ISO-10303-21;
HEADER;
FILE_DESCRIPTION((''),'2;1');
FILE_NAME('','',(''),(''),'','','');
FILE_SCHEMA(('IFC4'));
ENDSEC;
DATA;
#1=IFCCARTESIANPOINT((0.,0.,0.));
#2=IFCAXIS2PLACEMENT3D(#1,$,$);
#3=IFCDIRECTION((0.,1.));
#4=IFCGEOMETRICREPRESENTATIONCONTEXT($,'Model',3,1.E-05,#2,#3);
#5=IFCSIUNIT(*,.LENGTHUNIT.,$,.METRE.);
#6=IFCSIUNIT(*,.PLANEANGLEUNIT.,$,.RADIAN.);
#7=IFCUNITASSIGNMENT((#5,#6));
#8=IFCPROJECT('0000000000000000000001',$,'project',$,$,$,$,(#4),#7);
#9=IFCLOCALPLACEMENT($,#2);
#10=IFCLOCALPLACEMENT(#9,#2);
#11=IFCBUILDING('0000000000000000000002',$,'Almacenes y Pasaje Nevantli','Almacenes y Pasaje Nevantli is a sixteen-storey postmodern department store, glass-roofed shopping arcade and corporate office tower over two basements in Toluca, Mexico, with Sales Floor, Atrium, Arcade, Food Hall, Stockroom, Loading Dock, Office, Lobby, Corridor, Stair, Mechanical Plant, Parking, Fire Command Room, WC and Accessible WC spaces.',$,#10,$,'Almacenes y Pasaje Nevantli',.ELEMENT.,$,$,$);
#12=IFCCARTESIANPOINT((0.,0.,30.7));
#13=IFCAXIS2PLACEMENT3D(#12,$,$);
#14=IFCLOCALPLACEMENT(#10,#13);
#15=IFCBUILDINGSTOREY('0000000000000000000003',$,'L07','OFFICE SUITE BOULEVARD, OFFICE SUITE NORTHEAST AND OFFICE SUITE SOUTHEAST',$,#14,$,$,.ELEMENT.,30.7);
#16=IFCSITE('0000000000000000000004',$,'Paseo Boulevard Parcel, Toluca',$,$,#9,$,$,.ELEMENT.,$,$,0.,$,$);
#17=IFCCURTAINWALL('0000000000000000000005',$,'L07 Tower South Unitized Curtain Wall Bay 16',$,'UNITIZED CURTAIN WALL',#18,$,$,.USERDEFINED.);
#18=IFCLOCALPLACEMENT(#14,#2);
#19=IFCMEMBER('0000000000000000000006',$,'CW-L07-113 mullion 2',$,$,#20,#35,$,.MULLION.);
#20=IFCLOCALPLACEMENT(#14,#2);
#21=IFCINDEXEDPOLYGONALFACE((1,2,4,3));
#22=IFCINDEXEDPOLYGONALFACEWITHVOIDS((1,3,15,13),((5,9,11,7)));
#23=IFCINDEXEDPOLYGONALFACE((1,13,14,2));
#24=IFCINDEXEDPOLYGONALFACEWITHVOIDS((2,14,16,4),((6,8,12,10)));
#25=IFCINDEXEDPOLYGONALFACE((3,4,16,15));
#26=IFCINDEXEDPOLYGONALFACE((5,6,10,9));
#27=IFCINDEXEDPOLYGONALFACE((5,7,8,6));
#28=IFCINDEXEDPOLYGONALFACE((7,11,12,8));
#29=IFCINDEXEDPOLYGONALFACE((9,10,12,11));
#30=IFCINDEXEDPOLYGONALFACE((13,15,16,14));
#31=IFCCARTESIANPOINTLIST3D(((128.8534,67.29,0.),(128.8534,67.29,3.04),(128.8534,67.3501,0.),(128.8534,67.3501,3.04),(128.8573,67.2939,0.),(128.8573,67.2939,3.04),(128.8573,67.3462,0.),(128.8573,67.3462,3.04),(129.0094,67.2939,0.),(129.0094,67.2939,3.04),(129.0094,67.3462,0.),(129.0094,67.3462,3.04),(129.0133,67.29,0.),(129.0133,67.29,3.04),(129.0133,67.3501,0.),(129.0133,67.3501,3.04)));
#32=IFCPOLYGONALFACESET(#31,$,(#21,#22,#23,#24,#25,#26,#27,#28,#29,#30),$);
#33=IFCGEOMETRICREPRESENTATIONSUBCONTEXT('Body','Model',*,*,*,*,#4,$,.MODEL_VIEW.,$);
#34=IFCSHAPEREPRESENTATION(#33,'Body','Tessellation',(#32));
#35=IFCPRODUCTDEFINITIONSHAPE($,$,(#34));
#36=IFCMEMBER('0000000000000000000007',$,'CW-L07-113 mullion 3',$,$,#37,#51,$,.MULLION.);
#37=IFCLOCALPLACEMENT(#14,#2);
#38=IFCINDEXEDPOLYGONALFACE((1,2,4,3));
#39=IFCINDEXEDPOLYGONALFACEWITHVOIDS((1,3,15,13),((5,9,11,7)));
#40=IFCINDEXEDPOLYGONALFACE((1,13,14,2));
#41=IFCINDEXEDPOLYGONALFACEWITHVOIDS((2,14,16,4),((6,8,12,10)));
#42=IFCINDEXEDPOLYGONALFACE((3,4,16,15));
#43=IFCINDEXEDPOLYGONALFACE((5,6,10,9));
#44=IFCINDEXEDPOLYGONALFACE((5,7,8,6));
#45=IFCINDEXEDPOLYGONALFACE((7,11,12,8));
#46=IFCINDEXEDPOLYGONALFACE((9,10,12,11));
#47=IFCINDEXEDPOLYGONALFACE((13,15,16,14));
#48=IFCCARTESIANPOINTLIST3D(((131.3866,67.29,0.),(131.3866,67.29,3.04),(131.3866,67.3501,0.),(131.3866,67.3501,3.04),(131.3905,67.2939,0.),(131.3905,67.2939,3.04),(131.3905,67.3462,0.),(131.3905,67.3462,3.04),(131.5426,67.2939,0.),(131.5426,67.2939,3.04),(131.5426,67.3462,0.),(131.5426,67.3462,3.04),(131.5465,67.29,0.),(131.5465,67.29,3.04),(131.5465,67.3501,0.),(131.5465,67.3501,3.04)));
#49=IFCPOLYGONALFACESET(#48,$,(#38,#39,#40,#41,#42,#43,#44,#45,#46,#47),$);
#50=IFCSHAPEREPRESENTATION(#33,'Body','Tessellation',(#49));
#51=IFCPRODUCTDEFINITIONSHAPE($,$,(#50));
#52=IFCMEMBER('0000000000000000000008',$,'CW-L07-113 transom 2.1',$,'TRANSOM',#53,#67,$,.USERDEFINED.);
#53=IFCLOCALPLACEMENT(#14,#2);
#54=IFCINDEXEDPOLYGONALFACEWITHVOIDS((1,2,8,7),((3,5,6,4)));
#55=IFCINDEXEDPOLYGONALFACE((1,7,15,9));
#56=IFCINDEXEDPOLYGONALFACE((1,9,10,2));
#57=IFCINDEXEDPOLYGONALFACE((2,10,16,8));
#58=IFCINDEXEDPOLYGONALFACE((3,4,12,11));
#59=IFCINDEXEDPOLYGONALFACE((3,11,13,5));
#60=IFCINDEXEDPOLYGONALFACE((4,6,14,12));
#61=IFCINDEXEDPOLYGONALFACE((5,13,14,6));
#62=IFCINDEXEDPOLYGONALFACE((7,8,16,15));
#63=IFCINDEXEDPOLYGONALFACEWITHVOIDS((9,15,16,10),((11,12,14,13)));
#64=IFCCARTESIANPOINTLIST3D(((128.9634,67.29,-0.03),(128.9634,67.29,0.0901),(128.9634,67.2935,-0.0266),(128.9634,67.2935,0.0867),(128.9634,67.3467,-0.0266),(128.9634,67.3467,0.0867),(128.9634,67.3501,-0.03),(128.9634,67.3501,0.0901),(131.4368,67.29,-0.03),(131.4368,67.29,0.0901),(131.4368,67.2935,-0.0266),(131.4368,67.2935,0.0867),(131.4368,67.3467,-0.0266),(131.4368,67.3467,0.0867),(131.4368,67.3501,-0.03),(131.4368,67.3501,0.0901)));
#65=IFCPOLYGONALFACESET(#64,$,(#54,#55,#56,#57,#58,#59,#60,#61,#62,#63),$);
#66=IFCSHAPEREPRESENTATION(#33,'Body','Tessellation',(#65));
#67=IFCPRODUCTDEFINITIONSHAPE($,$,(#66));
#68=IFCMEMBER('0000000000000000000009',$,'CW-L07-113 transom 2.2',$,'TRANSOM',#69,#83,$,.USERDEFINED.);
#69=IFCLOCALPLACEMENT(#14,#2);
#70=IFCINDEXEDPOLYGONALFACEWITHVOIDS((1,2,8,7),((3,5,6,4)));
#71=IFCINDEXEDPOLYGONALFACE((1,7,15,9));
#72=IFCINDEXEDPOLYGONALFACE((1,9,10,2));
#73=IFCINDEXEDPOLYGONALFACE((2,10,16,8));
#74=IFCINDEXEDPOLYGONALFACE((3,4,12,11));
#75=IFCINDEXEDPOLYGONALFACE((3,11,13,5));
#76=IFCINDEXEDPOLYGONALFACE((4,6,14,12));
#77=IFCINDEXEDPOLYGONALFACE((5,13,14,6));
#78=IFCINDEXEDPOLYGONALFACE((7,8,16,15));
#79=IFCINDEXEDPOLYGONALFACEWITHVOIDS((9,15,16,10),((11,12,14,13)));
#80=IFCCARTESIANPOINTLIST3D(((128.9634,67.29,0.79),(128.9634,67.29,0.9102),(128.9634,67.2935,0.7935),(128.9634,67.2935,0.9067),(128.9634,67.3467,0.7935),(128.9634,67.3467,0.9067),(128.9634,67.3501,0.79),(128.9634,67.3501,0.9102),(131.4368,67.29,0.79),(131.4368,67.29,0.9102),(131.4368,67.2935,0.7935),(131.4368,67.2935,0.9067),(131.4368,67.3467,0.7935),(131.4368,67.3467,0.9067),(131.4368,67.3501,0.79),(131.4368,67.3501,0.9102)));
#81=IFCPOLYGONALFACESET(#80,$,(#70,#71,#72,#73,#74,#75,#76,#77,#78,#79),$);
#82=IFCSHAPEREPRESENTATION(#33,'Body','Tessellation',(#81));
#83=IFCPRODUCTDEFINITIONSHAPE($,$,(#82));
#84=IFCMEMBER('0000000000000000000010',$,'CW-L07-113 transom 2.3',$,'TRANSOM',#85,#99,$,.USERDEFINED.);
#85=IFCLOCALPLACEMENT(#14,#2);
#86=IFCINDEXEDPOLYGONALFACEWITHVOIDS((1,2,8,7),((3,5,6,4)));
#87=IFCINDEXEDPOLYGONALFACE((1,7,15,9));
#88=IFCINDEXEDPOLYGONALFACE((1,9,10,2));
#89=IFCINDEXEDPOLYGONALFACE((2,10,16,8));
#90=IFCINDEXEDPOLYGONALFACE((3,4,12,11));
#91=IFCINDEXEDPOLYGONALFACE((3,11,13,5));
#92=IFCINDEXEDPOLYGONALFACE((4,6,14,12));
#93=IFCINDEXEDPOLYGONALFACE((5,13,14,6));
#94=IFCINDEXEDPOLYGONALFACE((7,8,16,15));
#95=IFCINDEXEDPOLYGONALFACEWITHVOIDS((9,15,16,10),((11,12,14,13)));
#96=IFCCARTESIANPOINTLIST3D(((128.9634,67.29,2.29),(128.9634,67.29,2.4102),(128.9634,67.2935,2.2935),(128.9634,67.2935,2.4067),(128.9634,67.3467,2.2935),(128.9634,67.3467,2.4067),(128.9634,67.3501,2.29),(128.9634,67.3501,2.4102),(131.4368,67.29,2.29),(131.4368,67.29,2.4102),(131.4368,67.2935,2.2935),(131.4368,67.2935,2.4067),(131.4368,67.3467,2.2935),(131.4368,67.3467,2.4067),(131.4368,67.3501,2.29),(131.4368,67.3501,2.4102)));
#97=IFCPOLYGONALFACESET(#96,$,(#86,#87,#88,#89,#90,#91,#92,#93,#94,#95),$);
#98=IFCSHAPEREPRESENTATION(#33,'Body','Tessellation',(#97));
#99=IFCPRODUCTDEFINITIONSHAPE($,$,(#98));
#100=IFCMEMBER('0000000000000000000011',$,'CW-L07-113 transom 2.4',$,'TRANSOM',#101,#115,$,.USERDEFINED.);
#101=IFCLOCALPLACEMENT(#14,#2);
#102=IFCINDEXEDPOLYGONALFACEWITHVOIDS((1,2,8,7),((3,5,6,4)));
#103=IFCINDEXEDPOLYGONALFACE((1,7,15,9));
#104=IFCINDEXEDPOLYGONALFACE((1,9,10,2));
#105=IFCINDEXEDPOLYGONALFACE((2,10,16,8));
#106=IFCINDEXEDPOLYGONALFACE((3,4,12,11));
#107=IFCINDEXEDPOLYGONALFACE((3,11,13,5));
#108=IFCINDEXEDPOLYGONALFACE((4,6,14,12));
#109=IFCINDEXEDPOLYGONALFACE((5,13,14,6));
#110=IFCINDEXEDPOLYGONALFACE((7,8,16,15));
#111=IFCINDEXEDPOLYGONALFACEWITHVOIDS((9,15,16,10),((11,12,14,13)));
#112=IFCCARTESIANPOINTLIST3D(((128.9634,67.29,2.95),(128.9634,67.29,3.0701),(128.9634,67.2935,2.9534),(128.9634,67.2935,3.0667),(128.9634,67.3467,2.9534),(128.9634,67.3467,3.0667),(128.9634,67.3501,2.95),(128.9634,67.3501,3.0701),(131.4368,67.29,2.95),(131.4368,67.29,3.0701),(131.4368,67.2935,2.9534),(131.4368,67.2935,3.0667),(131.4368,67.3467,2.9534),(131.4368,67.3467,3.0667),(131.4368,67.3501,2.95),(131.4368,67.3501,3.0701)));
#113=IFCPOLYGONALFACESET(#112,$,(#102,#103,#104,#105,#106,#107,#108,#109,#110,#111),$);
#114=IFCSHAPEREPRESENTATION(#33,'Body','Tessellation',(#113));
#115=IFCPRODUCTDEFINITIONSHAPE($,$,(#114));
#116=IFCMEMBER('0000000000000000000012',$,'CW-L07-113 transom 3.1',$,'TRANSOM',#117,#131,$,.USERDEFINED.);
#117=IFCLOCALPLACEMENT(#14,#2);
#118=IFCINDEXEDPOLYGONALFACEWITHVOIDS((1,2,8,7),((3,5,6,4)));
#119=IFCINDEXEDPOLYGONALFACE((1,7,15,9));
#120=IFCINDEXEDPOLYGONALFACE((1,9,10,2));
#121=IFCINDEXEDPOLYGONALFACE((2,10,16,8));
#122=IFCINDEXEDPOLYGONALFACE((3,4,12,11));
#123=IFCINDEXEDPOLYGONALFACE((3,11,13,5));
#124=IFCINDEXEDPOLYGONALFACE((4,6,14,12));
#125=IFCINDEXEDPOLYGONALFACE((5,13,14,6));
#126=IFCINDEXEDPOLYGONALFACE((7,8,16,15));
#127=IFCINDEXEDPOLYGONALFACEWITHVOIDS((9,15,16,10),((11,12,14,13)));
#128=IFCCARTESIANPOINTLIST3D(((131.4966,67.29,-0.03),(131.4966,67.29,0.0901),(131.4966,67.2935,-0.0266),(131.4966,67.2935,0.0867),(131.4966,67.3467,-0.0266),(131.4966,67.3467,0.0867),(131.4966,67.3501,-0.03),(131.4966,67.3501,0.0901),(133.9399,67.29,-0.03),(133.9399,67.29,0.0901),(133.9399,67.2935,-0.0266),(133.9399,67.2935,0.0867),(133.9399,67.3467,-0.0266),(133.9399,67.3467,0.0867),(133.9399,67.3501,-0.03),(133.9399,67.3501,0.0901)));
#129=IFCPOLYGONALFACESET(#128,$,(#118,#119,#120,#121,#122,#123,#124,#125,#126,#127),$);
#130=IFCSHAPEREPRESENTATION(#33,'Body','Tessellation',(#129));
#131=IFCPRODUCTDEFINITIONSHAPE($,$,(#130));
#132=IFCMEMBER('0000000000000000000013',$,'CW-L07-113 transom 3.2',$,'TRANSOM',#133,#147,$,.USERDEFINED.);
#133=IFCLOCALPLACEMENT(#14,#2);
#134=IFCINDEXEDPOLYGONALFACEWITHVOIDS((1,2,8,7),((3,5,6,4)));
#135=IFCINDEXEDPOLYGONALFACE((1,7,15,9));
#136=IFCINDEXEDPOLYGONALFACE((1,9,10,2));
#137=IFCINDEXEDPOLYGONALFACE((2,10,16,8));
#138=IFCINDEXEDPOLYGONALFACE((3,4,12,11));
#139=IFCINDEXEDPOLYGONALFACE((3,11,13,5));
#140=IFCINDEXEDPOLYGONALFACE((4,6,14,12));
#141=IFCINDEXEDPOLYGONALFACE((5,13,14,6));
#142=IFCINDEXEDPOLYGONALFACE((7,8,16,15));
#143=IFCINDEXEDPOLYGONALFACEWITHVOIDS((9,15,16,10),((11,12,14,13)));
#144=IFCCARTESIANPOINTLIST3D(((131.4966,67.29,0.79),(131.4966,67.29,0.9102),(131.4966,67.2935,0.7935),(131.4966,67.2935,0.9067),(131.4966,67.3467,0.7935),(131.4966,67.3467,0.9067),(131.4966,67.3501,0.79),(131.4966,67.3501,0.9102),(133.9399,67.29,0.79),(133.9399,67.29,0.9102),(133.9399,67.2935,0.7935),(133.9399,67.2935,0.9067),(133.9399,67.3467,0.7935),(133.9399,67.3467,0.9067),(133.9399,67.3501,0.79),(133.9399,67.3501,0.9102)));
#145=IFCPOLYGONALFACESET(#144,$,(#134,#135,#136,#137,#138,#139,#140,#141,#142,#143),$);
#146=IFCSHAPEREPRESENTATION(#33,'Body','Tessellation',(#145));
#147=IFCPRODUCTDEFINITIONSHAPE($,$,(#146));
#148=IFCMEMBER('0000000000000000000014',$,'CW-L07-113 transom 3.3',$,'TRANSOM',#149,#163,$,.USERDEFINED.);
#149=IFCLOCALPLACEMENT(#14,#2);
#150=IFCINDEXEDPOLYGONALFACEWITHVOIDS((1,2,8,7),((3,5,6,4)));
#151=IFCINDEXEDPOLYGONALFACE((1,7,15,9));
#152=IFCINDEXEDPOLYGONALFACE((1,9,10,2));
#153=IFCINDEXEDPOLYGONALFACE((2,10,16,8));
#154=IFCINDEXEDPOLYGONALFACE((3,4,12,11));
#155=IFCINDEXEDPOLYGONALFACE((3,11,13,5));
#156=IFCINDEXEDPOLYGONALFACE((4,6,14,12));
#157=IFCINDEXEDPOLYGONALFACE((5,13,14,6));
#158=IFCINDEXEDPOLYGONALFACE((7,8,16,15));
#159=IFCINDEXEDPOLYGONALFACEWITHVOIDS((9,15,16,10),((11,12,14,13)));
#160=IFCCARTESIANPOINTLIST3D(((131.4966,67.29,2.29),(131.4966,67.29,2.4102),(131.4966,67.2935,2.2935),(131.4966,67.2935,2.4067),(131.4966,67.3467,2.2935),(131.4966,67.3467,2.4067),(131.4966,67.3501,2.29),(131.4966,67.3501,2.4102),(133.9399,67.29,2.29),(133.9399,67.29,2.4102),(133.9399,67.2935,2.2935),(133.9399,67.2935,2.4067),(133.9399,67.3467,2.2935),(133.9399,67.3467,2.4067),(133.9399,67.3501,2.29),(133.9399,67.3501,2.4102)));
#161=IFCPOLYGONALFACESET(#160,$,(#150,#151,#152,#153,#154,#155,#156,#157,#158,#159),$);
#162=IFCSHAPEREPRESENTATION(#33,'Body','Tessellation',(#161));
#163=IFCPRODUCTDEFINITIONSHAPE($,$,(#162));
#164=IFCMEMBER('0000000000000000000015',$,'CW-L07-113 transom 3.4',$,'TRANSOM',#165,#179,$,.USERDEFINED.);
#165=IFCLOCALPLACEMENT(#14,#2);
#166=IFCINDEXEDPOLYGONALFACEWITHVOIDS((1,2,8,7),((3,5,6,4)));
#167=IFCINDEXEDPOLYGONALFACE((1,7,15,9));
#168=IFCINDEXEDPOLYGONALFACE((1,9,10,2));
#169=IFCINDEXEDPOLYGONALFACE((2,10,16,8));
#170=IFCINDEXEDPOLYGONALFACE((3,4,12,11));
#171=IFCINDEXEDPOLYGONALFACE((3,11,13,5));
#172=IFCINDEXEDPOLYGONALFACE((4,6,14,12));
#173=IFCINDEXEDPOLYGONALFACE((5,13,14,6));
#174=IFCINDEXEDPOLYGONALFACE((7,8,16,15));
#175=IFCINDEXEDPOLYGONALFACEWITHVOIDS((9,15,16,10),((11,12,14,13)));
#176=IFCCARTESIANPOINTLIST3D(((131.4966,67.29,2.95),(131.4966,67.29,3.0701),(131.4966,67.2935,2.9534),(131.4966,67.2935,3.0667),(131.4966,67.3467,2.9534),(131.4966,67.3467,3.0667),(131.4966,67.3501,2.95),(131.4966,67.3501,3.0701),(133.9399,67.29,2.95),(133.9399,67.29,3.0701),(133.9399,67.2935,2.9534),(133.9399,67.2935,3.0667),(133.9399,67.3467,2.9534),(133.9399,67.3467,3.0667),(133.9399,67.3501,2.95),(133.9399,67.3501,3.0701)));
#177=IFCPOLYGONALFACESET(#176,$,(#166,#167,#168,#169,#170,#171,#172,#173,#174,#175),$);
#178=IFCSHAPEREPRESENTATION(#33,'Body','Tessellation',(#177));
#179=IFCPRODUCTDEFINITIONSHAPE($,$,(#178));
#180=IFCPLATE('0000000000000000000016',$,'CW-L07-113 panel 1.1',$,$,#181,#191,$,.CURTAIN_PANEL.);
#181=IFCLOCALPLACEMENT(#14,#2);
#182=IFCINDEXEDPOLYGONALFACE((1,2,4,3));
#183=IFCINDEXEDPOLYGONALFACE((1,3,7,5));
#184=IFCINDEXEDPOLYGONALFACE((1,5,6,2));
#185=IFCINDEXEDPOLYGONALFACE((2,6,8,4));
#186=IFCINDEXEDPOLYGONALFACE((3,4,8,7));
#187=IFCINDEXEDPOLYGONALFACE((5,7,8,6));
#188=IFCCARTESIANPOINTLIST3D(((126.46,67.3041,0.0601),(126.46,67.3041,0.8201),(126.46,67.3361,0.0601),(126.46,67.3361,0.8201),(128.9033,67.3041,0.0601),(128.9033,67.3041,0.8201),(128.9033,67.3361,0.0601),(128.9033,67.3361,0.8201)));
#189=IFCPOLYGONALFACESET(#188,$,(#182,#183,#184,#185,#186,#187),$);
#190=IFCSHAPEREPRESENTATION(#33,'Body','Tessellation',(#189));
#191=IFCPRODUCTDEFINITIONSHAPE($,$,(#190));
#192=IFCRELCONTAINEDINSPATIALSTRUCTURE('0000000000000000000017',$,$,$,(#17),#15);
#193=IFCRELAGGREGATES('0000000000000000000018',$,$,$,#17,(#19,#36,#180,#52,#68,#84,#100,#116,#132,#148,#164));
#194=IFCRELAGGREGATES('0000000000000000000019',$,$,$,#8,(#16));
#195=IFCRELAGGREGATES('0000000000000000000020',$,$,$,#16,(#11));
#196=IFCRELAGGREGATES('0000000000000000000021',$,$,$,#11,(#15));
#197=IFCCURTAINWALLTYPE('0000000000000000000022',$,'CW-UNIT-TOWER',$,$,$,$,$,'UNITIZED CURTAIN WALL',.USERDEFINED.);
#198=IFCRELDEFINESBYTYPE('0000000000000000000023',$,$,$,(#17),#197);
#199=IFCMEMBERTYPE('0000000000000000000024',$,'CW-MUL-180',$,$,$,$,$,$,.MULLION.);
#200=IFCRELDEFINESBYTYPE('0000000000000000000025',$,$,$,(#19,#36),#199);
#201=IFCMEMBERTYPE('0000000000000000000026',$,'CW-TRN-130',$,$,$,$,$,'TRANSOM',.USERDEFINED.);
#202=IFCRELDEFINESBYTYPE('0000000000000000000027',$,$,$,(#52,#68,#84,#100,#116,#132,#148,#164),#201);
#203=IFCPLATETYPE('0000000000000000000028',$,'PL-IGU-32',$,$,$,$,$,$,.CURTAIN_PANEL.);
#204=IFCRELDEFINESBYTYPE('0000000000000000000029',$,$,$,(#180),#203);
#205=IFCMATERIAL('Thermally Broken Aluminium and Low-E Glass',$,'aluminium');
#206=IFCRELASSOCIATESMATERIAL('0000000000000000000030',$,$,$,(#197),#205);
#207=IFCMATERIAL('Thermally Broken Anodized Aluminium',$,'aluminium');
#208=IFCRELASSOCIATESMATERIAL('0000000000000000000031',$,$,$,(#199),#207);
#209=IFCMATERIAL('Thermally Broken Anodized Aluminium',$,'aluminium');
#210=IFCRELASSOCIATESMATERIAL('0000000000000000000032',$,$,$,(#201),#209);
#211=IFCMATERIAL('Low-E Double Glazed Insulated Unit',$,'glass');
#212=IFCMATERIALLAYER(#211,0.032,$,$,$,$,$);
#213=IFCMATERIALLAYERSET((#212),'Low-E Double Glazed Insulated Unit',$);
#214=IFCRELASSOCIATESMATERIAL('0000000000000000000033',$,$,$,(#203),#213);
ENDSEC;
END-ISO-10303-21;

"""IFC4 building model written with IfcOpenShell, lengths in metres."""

from ifc_helpers import new_model, si_unit, direction, frame, origin, origin_2d, place, context, subcontext, project, spatial, rectangle, hollow_rectangle, extrude, material, layer, layer_set, material_profile, profile_set, type_object, element, aggregate, save


model = new_model("IFC4")

# Units and contexts
model_context = context("Model", 3, precision=1e-05, world=origin(), true_north=direction((0.0, 1.0)))
body_context = subcontext(model_context, "Body", "Model", "MODEL_VIEW")
ifc_project = project(units=[si_unit("LENGTHUNIT", "METRE"), si_unit("PLANEANGLEUNIT", "RADIAN")], contexts=[model_context])

# Site, building, storey
site_placement = place(None, origin())
site = spatial("IfcSite", under=ifc_project, at=site_placement, Name="Paseo Boulevard Parcel, Toluca", CompositionType="ELEMENT", RefElevation=0.0)
building_placement = place(site_placement, origin())
building = spatial("IfcBuilding", under=site, at=building_placement, Name="Almacenes y Pasaje Nevantli", Description="Almacenes y Pasaje Nevantli is a sixteen-storey postmodern department store, glass-roofed shopping arcade and corporate office tower over two basements in Toluca, Mexico, with Sales Floor, Atrium, Arcade, Food Hall, Stockroom, Loading Dock, Office, Lobby, Corridor, Stair, Mechanical Plant, Parking, Fire Command Room, WC and Accessible WC spaces.", LongName="Almacenes y Pasaje Nevantli", CompositionType="ELEMENT")
storey_placement = place(building_placement, frame((0.0, 0.0, 30.7)))
storey = spatial("IfcBuildingStorey", under=building, at=storey_placement, Name="L07", Description="OFFICE SUITE BOULEVARD, OFFICE SUITE NORTHEAST AND OFFICE SUITE SOUTHEAST", CompositionType="ELEMENT", Elevation=30.7)

# Curtain wall, members, plate
ifc_material_1 = material(Name="Thermally Broken Aluminium and Low-E Glass", Category="aluminium")
curtain_wall_type = type_object("IfcCurtainWallType", Name="CW-UNIT-TOWER", ElementType="UNITIZED CURTAIN WALL", PredefinedType="USERDEFINED", material=ifc_material_1)
curtain_wall_placement = place(storey_placement, origin())
curtain_wall = element("IfcCurtainWall", 1, at=curtain_wall_placement, inside=storey, type_object=curtain_wall_type, Name="L07 Tower South Unitized Curtain Wall Bay 16", ObjectType="UNITIZED CURTAIN WALL", PredefinedType="USERDEFINED")
ifc_material_2 = material(Name="Thermally Broken Anodized Aluminium", Category="aluminium")
ifc_material_profile_1 = material_profile(ifc_material_2, hollow_rectangle(XDim=0.0601, YDim=0.1599, WallThickness=0.0039, at=origin_2d()), Name="ALU-MUL-60x160")
ifc_profile_set_1 = profile_set([ifc_material_profile_1], Name="Thermally Broken Anodized Aluminium")
member_type_1 = type_object("IfcMemberType", Name="CW-MUL-180", PredefinedType="MULLION", material=ifc_profile_set_1)
member_1_placement = place(storey_placement, frame((128.9333, 67.3201, 0.0), z_axis=(0.0, 0.0, 1.0), x_axis=(0.0, 1.0, 0.0)))
member_1 = element("IfcMember", 2, at=member_1_placement, type_object=member_type_1, Name="CW-L07-113 mullion 2", PredefinedType="MULLION", context=body_context, shape_type="SweptSolid", body=[
    extrude(hollow_rectangle(XDim=0.0601, YDim=0.1599, WallThickness=0.0039, at=origin_2d()), origin(), (0.0, 0.0, 1.0), 3.04),
])
member_2_placement = place(storey_placement, frame((131.4666, 67.3201, 0.0), z_axis=(0.0, 0.0, 1.0), x_axis=(0.0, 1.0, 0.0)))
member_2 = element("IfcMember", 3, at=member_2_placement, type_object=member_type_1, Name="CW-L07-113 mullion 3", PredefinedType="MULLION", context=body_context, shape_type="SweptSolid", body=[
    extrude(hollow_rectangle(XDim=0.0601, YDim=0.1599, WallThickness=0.0039, at=origin_2d()), origin(), (0.0, 0.0, 1.0), 3.04),
])
ifc_material_3 = material(Name="Thermally Broken Anodized Aluminium", Category="aluminium")
ifc_material_profile_2 = material_profile(ifc_material_3, hollow_rectangle(XDim=0.0601, YDim=0.1201, WallThickness=0.0034, at=origin_2d()), Name="ALU-TRN-60x120")
ifc_profile_set_2 = profile_set([ifc_material_profile_2], Name="Thermally Broken Anodized Aluminium")
member_type_2 = type_object("IfcMemberType", Name="CW-TRN-130", ElementType="TRANSOM", PredefinedType="USERDEFINED", material=ifc_profile_set_2)
member_3_placement = place(storey_placement, frame((128.9634, 67.3201, 0.03), z_axis=(1.0, 0.0, 0.0), x_axis=(0.0, 1.0, 0.0)))
member_3 = element("IfcMember", 4, at=member_3_placement, type_object=member_type_2, Name="CW-L07-113 transom 2.1", ObjectType="TRANSOM", PredefinedType="USERDEFINED", context=body_context, shape_type="SweptSolid", body=[
    extrude(hollow_rectangle(XDim=0.0601, YDim=0.1201, WallThickness=0.0034, at=origin_2d()), origin(), (0.0, 0.0, 1.0), 2.4734),
])
member_4_placement = place(storey_placement, frame((128.9634, 67.3201, 0.8501), z_axis=(1.0, 0.0, 0.0), x_axis=(0.0, 1.0, 0.0)))
member_4 = element("IfcMember", 5, at=member_4_placement, type_object=member_type_2, Name="CW-L07-113 transom 2.2", ObjectType="TRANSOM", PredefinedType="USERDEFINED", context=body_context, shape_type="SweptSolid", body=[
    extrude(hollow_rectangle(XDim=0.0601, YDim=0.1201, WallThickness=0.0034, at=origin_2d()), origin(), (0.0, 0.0, 1.0), 2.4734),
])
member_5_placement = place(storey_placement, frame((128.9634, 67.3201, 2.3501), z_axis=(1.0, 0.0, 0.0), x_axis=(0.0, 1.0, 0.0)))
member_5 = element("IfcMember", 6, at=member_5_placement, type_object=member_type_2, Name="CW-L07-113 transom 2.3", ObjectType="TRANSOM", PredefinedType="USERDEFINED", context=body_context, shape_type="SweptSolid", body=[
    extrude(hollow_rectangle(XDim=0.0601, YDim=0.1201, WallThickness=0.0034, at=origin_2d()), origin(), (0.0, 0.0, 1.0), 2.4734),
])
member_6_placement = place(storey_placement, frame((128.9634, 67.3201, 3.01), z_axis=(1.0, 0.0, 0.0), x_axis=(0.0, 1.0, 0.0)))
member_6 = element("IfcMember", 7, at=member_6_placement, type_object=member_type_2, Name="CW-L07-113 transom 2.4", ObjectType="TRANSOM", PredefinedType="USERDEFINED", context=body_context, shape_type="SweptSolid", body=[
    extrude(hollow_rectangle(XDim=0.0601, YDim=0.1201, WallThickness=0.0034, at=origin_2d()), origin(), (0.0, 0.0, 1.0), 2.4734),
])
member_7_placement = place(storey_placement, frame((131.4966, 67.3201, 0.03), z_axis=(1.0, 0.0, 0.0), x_axis=(0.0, 1.0, 0.0)))
member_7 = element("IfcMember", 8, at=member_7_placement, type_object=member_type_2, Name="CW-L07-113 transom 3.1", ObjectType="TRANSOM", PredefinedType="USERDEFINED", context=body_context, shape_type="SweptSolid", body=[
    extrude(hollow_rectangle(XDim=0.0601, YDim=0.1201, WallThickness=0.0034, at=origin_2d()), origin(), (0.0, 0.0, 1.0), 2.4434),
])
member_8_placement = place(storey_placement, frame((131.4966, 67.3201, 0.8501), z_axis=(1.0, 0.0, 0.0), x_axis=(0.0, 1.0, 0.0)))
member_8 = element("IfcMember", 9, at=member_8_placement, type_object=member_type_2, Name="CW-L07-113 transom 3.2", ObjectType="TRANSOM", PredefinedType="USERDEFINED", context=body_context, shape_type="SweptSolid", body=[
    extrude(hollow_rectangle(XDim=0.0601, YDim=0.1201, WallThickness=0.0034, at=origin_2d()), origin(), (0.0, 0.0, 1.0), 2.4434),
])
member_9_placement = place(storey_placement, frame((131.4966, 67.3201, 2.3501), z_axis=(1.0, 0.0, 0.0), x_axis=(0.0, 1.0, 0.0)))
member_9 = element("IfcMember", 10, at=member_9_placement, type_object=member_type_2, Name="CW-L07-113 transom 3.3", ObjectType="TRANSOM", PredefinedType="USERDEFINED", context=body_context, shape_type="SweptSolid", body=[
    extrude(hollow_rectangle(XDim=0.0601, YDim=0.1201, WallThickness=0.0034, at=origin_2d()), origin(), (0.0, 0.0, 1.0), 2.4434),
])
member_10_placement = place(storey_placement, frame((131.4966, 67.3201, 3.01), z_axis=(1.0, 0.0, 0.0), x_axis=(0.0, 1.0, 0.0)))
member_10 = element("IfcMember", 11, at=member_10_placement, type_object=member_type_2, Name="CW-L07-113 transom 3.4", ObjectType="TRANSOM", PredefinedType="USERDEFINED", context=body_context, shape_type="SweptSolid", body=[
    extrude(hollow_rectangle(XDim=0.0601, YDim=0.1201, WallThickness=0.0034, at=origin_2d()), origin(), (0.0, 0.0, 1.0), 2.4434),
])
ifc_material_4 = material(Name="Low-E Double Glazed Insulated Unit", Category="glass")
ifc_layer_1 = layer(ifc_material_4, 0.032)
ifc_layer_set_1 = layer_set([ifc_layer_1], Name="Low-E Double Glazed Insulated Unit")
plate_type = type_object("IfcPlateType", Name="PL-IGU-32", PredefinedType="CURTAIN_PANEL", material=ifc_layer_set_1)
plate_1_placement = place(storey_placement, frame((127.6816, 67.3201, 0.0601), z_axis=(0.0, 0.0, 1.0), x_axis=(1.0, 0.0, 0.0)))
plate_1 = element("IfcPlate", 12, at=plate_1_placement, type_object=plate_type, Name="CW-L07-113 panel 1.1", PredefinedType="CURTAIN_PANEL", context=body_context, shape_type="SweptSolid", body=[
    extrude(rectangle(XDim=2.4434, YDim=0.032, at=origin_2d()), origin(), (0.0, 0.0, 1.0), 0.76),
])
aggregate(curtain_wall, [member_1, member_2, plate_1, member_3, member_4, member_5, member_6, member_7, member_8, member_9, member_10])

save(model, "model.ifc")
